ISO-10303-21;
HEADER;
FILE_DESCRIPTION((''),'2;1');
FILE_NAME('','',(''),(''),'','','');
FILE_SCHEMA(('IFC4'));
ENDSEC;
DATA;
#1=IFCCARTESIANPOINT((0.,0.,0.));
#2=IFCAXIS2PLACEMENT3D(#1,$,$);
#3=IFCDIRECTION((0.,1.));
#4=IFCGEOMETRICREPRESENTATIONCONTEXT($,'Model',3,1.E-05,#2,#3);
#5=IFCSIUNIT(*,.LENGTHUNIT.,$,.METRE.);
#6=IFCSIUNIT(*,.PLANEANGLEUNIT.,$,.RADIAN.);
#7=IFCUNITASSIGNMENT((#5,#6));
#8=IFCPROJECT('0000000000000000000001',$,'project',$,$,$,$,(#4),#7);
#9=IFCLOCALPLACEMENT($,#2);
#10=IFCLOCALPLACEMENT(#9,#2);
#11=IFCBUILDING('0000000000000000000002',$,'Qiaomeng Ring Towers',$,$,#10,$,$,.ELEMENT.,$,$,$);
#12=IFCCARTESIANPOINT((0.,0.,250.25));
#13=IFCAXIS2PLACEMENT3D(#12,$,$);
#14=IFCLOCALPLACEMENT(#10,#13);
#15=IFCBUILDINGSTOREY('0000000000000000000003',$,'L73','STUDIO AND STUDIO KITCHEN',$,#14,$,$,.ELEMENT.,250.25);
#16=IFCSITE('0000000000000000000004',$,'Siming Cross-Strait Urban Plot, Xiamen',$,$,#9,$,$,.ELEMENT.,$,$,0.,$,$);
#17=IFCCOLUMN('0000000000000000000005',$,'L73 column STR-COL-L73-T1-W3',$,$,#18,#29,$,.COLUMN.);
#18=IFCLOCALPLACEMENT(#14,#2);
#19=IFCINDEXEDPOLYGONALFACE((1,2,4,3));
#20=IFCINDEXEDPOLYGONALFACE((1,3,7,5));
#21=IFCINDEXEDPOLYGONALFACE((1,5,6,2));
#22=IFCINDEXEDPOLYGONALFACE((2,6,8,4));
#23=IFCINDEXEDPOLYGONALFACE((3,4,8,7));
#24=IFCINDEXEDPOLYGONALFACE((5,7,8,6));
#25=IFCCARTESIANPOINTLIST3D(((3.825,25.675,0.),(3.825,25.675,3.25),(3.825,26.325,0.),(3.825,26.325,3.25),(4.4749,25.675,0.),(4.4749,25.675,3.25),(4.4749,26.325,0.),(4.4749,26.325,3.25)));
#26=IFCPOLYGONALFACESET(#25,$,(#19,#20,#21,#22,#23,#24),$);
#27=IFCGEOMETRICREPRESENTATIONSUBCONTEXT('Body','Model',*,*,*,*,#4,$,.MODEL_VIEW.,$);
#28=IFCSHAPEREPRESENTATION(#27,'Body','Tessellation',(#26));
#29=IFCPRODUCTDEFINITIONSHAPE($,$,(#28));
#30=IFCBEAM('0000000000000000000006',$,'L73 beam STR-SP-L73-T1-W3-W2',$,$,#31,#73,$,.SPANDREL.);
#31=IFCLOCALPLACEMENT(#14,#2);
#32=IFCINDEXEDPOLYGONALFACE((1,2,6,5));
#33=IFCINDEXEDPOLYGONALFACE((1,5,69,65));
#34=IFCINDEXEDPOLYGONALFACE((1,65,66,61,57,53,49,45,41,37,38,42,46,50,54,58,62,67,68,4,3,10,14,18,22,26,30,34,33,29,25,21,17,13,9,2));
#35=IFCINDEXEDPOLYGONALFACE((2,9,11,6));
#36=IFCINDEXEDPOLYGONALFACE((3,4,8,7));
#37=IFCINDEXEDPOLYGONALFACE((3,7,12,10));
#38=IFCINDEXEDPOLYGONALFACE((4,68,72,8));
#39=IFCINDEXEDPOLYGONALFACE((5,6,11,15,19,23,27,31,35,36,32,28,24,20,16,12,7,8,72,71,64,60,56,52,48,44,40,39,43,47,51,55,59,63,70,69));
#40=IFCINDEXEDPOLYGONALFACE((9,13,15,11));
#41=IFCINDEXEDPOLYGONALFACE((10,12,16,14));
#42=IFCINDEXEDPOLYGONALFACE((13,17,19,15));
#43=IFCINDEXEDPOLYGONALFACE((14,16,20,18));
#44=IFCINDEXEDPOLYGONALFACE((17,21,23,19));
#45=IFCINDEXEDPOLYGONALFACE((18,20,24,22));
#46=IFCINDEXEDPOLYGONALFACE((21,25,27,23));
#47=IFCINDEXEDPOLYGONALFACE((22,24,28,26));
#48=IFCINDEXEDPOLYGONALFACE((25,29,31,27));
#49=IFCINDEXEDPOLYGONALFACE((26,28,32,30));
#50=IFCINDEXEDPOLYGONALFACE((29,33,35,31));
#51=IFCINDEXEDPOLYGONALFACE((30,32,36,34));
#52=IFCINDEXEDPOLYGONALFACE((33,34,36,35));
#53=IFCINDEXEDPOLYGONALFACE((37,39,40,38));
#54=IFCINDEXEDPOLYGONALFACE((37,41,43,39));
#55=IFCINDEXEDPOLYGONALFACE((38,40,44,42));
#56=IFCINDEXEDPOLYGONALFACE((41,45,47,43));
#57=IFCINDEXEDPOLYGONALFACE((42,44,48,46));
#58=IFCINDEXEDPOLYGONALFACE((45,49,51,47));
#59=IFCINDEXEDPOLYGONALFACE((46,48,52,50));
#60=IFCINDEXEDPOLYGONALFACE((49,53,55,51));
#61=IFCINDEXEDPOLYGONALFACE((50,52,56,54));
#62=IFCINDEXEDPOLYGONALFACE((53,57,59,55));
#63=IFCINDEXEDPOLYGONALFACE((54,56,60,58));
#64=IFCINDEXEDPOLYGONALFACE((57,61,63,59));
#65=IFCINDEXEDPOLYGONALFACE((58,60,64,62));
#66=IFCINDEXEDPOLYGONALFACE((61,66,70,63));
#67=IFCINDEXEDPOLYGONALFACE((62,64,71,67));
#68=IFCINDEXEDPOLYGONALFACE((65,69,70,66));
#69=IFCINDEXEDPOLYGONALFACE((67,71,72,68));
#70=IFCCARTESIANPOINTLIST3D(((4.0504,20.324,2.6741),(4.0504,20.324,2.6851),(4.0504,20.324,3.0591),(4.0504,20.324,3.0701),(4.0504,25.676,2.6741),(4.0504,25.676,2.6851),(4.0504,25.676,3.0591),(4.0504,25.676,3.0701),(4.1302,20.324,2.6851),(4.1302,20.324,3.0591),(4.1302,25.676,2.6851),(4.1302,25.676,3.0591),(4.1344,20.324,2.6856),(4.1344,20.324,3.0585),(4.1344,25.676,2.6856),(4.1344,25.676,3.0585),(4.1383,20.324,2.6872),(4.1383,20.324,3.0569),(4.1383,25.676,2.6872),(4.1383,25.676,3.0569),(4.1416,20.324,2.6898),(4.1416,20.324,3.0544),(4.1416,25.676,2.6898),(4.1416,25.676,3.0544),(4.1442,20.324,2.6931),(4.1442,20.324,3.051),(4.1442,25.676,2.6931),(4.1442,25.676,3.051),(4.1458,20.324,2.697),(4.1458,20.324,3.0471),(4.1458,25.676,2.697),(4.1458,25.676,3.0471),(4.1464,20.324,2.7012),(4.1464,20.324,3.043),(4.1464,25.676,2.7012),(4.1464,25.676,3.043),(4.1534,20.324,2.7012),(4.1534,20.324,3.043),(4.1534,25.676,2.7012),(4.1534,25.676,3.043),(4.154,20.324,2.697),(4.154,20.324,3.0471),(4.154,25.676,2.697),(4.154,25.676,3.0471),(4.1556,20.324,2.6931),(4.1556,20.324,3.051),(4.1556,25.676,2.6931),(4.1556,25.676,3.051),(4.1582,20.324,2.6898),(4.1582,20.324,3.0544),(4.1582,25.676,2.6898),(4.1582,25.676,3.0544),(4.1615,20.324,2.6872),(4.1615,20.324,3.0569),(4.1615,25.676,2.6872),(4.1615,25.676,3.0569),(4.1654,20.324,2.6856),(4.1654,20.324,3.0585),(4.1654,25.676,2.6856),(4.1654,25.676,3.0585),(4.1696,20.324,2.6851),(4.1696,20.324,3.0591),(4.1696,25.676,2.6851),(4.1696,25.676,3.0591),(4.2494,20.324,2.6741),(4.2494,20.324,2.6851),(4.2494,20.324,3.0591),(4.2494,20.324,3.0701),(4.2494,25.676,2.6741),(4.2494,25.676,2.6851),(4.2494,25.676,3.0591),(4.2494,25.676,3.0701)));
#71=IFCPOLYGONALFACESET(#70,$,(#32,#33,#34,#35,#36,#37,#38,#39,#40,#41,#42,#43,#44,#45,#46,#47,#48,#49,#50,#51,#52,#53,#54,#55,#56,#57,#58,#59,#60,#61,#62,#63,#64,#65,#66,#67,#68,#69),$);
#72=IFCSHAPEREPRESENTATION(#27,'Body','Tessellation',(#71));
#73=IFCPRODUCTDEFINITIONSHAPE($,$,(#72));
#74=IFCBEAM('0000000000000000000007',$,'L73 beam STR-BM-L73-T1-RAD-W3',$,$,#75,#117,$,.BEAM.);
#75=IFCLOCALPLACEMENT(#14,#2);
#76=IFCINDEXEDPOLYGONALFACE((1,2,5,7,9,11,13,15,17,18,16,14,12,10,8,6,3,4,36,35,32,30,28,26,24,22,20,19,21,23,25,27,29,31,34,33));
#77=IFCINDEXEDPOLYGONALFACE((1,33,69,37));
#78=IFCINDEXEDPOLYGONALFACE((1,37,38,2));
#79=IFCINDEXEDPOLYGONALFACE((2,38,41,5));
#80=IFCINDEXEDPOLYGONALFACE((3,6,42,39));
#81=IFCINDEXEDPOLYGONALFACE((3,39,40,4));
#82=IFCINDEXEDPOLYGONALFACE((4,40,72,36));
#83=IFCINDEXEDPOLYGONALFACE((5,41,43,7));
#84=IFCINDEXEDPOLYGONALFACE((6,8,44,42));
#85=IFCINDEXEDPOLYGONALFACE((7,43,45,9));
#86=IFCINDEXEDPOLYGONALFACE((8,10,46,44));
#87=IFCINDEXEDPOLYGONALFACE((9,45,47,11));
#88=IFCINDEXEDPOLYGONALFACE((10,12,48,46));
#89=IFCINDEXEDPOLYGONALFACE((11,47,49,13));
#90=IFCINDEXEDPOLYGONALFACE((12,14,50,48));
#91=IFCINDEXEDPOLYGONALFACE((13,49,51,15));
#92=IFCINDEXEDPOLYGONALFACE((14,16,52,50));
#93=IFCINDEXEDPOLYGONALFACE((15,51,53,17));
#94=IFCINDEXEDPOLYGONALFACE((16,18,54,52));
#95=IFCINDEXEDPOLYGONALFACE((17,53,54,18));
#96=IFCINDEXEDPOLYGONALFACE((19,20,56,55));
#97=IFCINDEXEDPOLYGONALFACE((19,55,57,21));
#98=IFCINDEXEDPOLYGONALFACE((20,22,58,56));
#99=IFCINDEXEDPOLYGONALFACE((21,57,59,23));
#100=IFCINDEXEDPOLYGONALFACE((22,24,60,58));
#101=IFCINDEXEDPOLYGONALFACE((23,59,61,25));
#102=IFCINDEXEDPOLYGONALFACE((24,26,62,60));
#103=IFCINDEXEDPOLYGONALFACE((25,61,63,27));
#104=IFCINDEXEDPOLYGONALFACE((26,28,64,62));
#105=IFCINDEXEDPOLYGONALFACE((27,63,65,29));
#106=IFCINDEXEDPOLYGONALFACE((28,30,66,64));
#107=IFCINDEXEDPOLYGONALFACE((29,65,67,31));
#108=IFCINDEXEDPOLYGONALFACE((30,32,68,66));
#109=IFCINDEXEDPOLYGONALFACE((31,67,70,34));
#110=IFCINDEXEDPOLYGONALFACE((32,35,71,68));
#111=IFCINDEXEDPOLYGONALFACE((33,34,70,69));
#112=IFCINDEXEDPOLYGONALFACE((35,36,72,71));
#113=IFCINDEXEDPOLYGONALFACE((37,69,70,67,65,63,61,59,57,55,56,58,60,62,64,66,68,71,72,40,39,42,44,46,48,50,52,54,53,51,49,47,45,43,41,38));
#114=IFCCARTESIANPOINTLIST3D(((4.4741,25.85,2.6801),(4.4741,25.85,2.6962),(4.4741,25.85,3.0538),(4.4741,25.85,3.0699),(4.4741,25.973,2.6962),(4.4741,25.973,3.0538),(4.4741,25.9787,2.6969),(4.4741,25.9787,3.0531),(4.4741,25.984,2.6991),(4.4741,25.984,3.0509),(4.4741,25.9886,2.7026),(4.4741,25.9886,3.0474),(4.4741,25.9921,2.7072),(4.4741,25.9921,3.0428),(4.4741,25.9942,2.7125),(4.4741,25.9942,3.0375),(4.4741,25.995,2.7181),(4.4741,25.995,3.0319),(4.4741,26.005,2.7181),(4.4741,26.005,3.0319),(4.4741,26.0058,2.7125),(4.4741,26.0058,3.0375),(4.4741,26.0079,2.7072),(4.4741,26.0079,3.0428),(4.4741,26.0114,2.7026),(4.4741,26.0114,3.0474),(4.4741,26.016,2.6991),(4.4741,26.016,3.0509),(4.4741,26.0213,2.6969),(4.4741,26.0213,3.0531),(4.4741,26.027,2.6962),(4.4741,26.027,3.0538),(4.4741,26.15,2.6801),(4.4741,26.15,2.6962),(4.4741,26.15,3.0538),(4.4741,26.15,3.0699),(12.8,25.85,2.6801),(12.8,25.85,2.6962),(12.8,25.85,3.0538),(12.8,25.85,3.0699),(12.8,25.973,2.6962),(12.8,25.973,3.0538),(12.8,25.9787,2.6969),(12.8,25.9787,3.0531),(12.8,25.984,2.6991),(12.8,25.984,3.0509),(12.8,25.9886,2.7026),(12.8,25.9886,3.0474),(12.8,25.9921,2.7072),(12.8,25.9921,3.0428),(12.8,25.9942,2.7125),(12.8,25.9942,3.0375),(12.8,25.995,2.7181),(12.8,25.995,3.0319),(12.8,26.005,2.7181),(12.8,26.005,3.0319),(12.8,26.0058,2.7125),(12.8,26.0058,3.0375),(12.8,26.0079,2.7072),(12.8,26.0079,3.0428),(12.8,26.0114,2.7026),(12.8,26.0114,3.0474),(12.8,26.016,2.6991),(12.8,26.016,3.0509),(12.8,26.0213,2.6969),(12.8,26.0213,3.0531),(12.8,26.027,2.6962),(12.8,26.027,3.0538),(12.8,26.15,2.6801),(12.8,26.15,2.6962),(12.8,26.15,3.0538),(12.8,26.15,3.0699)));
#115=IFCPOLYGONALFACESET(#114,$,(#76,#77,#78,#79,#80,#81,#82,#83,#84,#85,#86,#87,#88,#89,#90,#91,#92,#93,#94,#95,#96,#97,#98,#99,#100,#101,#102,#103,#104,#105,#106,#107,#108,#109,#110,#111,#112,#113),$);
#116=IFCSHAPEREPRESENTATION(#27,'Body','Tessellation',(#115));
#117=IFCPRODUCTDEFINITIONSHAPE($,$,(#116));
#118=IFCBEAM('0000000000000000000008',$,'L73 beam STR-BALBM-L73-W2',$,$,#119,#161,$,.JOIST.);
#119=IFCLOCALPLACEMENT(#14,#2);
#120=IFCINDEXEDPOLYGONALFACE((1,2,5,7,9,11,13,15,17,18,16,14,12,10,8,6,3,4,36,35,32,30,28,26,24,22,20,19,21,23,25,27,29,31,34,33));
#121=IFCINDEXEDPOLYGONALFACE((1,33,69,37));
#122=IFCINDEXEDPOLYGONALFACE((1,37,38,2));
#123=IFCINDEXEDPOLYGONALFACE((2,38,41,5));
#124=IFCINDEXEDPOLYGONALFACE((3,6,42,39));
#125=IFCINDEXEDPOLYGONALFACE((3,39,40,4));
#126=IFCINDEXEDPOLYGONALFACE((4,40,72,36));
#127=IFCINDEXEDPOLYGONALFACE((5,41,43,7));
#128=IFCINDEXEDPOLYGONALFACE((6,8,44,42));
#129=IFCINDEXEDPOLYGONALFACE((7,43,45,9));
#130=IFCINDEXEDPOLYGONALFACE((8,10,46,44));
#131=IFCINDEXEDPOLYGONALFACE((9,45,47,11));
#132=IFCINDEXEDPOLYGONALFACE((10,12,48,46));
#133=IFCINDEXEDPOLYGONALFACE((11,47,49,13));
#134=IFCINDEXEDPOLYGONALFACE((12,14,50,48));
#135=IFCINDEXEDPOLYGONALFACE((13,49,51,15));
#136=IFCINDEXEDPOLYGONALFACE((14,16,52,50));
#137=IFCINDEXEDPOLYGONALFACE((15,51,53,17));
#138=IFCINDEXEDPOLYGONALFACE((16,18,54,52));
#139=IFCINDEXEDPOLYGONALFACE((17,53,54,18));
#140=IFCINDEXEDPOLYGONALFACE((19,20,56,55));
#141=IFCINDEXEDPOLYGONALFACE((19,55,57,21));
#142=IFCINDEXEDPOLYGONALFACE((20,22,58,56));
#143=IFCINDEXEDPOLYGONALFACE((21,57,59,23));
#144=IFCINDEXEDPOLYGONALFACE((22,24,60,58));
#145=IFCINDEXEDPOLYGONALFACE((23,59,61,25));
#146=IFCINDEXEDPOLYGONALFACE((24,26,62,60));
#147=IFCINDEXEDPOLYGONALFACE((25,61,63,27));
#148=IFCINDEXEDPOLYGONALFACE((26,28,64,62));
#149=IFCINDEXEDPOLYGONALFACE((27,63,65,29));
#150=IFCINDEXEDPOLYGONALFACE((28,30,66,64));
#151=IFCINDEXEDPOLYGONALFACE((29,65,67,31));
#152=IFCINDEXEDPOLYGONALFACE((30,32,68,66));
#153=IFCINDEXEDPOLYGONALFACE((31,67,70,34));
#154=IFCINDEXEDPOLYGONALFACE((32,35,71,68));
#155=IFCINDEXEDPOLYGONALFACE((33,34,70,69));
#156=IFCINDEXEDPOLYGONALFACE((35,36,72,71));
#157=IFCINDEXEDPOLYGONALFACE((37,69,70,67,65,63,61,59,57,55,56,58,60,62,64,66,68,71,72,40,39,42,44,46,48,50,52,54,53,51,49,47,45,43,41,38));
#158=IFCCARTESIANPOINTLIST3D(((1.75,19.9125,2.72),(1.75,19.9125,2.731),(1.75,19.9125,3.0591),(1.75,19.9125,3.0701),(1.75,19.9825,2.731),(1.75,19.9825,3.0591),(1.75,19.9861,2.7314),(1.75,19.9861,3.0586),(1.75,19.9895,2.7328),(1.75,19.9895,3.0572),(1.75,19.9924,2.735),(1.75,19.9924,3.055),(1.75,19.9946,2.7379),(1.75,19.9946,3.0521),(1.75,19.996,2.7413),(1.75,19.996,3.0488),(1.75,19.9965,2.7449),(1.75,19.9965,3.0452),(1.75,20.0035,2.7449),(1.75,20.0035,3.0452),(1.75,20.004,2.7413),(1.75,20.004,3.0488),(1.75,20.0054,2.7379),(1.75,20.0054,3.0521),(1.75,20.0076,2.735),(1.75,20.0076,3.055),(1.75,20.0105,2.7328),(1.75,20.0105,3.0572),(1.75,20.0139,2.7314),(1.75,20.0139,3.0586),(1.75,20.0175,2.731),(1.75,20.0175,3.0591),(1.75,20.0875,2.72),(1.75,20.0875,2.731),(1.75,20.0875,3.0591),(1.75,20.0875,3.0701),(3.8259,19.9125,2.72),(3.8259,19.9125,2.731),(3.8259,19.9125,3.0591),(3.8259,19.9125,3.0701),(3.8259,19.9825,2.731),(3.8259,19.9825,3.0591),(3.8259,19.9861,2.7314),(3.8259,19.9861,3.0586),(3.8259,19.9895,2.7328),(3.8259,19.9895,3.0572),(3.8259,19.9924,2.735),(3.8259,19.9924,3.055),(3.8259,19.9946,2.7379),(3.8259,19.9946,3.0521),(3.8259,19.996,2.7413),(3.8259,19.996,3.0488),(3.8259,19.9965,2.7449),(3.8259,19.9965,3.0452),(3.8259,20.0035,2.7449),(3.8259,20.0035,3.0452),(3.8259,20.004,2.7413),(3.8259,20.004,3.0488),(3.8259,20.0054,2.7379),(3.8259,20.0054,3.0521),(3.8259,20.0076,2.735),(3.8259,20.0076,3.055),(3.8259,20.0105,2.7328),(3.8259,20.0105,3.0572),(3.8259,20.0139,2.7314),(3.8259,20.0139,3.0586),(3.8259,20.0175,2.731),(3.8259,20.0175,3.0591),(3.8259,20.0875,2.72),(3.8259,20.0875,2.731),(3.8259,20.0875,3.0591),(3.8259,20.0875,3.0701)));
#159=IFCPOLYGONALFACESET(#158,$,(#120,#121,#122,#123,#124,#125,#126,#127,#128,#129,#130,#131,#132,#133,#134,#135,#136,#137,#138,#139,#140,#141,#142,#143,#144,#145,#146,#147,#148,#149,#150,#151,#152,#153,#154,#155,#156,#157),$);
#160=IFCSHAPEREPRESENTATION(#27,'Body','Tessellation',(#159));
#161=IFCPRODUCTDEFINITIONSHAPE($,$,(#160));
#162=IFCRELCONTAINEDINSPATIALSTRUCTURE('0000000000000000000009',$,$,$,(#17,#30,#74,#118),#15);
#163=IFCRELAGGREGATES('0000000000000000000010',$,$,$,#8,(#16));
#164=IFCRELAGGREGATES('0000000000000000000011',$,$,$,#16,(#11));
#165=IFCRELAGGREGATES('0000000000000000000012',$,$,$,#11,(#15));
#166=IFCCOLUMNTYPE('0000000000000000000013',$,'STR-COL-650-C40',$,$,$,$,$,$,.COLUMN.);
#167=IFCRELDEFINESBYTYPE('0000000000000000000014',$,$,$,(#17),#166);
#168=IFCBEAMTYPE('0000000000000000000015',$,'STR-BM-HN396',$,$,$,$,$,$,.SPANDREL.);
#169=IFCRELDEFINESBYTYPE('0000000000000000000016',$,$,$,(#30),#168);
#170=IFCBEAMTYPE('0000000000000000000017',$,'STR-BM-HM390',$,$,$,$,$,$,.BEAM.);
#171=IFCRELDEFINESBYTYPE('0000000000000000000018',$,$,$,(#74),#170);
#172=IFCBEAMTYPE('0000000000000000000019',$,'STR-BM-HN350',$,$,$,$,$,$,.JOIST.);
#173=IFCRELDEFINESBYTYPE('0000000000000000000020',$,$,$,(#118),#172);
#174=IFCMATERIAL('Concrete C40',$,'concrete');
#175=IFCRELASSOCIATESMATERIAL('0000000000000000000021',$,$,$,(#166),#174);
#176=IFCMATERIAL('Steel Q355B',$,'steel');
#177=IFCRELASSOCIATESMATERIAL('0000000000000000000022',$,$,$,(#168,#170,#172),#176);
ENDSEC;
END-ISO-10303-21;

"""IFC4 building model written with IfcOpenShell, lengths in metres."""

from ifc_helpers import new_model, si_unit, direction, frame, origin, origin_2d, place, context, subcontext, project, spatial, rectangle, i_section, extrude, source, transform, mapped, material, material_profile, profile_set, type_object, element, save


model = new_model("IFC4")

# Units and contexts
model_context = context("Model", 3, precision=1e-05, world=origin(), true_north=direction((0.0, 1.0)))
body_context = subcontext(model_context, "Body", "Model", "MODEL_VIEW")
ifc_project = project(units=[si_unit("LENGTHUNIT", "METRE"), si_unit("PLANEANGLEUNIT", "RADIAN")], contexts=[model_context])

# Site, building, storey
site_placement = place(None, origin())
site = spatial("IfcSite", under=ifc_project, at=site_placement, Name="Siming Cross-Strait Urban Plot, Xiamen", CompositionType="ELEMENT", RefElevation=0.0)
building_placement = place(site_placement, origin())
building = spatial("IfcBuilding", under=site, at=building_placement, Name="Qiaomeng Ring Towers", CompositionType="ELEMENT")
storey_placement = place(building_placement, frame((0.0, 0.0, 250.25)))
storey = spatial("IfcBuildingStorey", under=building, at=storey_placement, Name="L73", Description="STUDIO AND STUDIO KITCHEN", CompositionType="ELEMENT", Elevation=250.25)

# Column
ifc_material_1 = material(Name="Concrete C40", Category="concrete")
ifc_material_profile_1 = material_profile(ifc_material_1, rectangle(XDim=0.6499, YDim=0.6499, at=origin_2d()), Name="RC COL 650x650")
ifc_profile_set_1 = profile_set([ifc_material_profile_1], Name="Concrete C40")
column_type = type_object("IfcColumnType", Name="STR-COL-650-C40", PredefinedType="COLUMN", material=ifc_profile_set_1)
shared_shape_1 = source(origin(), body_context, "Body", "SweptSolid", [
    extrude(rectangle(XDim=0.6499, YDim=0.6499, at=origin_2d()), origin(), (0.0, 0.0, 1.0), 3.25),
])
column_placement = place(storey_placement, frame((4.1499, 26.0, 0.0), z_axis=(0.0, 0.0, 1.0), x_axis=(1.0, 0.0, 0.0)))
element("IfcColumn", 1, at=column_placement, inside=storey, type_object=column_type, Name="L73 column STR-COL-L73-T1-W3", PredefinedType="COLUMN", context=body_context, shape_type="MappedRepresentation", body=[
    mapped(shared_shape_1, transform((0.0, 0.0, 0.0), x_axis=(1.0, 0.0, 0.0), y_axis=(0.0, 1.0, 0.0), z_axis=(0.0, 0.0, 1.0), scale=1.0)),
])

# Beams
ifc_material_2 = material(Name="Steel Q355B", Category="steel")
ifc_material_profile_2 = material_profile(ifc_material_2, i_section(OverallWidth=0.199, OverallDepth=0.396, WebThickness=0.0071, FlangeThickness=0.011, FilletRadius=0.0161, at=origin_2d()), Name="HN 396x199x7x11")
ifc_profile_set_2 = profile_set([ifc_material_profile_2], Name="Steel Q355B")
beam_type_1 = type_object("IfcBeamType", Name="STR-BM-HN396", PredefinedType="SPANDREL", material=ifc_profile_set_2)
shared_shape_2 = source(origin(), body_context, "Body", "SweptSolid", [
    extrude(i_section(OverallWidth=0.199, OverallDepth=0.396, WebThickness=0.0071, FlangeThickness=0.011, FilletRadius=0.0161, at=origin_2d()), origin(), (0.0, 0.0, 1.0), 5.3521),
])
beam_1_placement = place(storey_placement, frame((4.1499, 25.676, 2.8721), z_axis=(0.0, -1.0, 0.0), x_axis=(1.0, 0.0, 0.0)))
element("IfcBeam", 2, at=beam_1_placement, inside=storey, type_object=beam_type_1, Name="L73 beam STR-SP-L73-T1-W3-W2", PredefinedType="SPANDREL", context=body_context, shape_type="MappedRepresentation", body=[
    mapped(shared_shape_2, transform((0.0, 0.0, 0.0), x_axis=(1.0, 0.0, 0.0), y_axis=(0.0, 1.0, 0.0), z_axis=(0.0, 0.0, 1.0), scale=1.0)),
])
ifc_material_profile_3 = material_profile(ifc_material_2, i_section(OverallWidth=0.3, OverallDepth=0.3899, WebThickness=0.01, FlangeThickness=0.0161, FilletRadius=0.022, at=origin_2d()), Name="HM 390x300x10x16")
ifc_profile_set_3 = profile_set([ifc_material_profile_3], Name="Steel Q355B")
beam_type_2 = type_object("IfcBeamType", Name="STR-BM-HM390", PredefinedType="BEAM", material=ifc_profile_set_3)
shared_shape_3 = source(origin(), body_context, "Body", "SweptSolid", [
    extrude(i_section(OverallWidth=0.3, OverallDepth=0.3899, WebThickness=0.01, FlangeThickness=0.0161, FilletRadius=0.022, at=origin_2d()), origin(), (0.0, 0.0, 1.0), 8.3259),
])
beam_2_placement = place(storey_placement, frame((4.4741, 26.0, 2.875), z_axis=(1.0, 0.0, 0.0), x_axis=(0.0, 1.0, 0.0)))
element("IfcBeam", 3, at=beam_2_placement, inside=storey, type_object=beam_type_2, Name="L73 beam STR-BM-L73-T1-RAD-W3", PredefinedType="BEAM", context=body_context, shape_type="MappedRepresentation", body=[
    mapped(shared_shape_3, transform((0.0, 0.0, 0.0), x_axis=(1.0, 0.0, 0.0), y_axis=(0.0, 1.0, 0.0), z_axis=(0.0, 0.0, 1.0), scale=1.0)),
])
ifc_material_profile_4 = material_profile(ifc_material_2, i_section(OverallWidth=0.175, OverallDepth=0.3501, WebThickness=0.0071, FlangeThickness=0.011, FilletRadius=0.0139, at=origin_2d()), Name="HN 350x175x7x11")
ifc_profile_set_4 = profile_set([ifc_material_profile_4], Name="Steel Q355B")
beam_type_3 = type_object("IfcBeamType", Name="STR-BM-HN350", PredefinedType="JOIST", material=ifc_profile_set_4)
shared_shape_4 = source(origin(), body_context, "Body", "SweptSolid", [
    extrude(i_section(OverallWidth=0.175, OverallDepth=0.3501, WebThickness=0.0071, FlangeThickness=0.011, FilletRadius=0.0139, at=origin_2d()), origin(), (0.0, 0.0, 1.0), 2.0759),
])
for number, where, z_axis, x_axis, name in (
    (4, (1.75, 20.0, 2.895), (1.0, 0.0, 0.0), (0.0, 1.0, 0.0), "L73 beam STR-BALBM-L73-W2"),
):
    element("IfcBeam", number, at=place(storey_placement, frame(where, z_axis=z_axis, x_axis=x_axis)), inside=storey, type_object=beam_type_3, Name=name, PredefinedType="JOIST", context=body_context, shape_type="MappedRepresentation", body=[
        mapped(shared_shape_4, transform((0.0, 0.0, 0.0), x_axis=(1.0, 0.0, 0.0), y_axis=(0.0, 1.0, 0.0), z_axis=(0.0, 0.0, 1.0), scale=1.0)),
    ])

save(model, "model.ifc")
